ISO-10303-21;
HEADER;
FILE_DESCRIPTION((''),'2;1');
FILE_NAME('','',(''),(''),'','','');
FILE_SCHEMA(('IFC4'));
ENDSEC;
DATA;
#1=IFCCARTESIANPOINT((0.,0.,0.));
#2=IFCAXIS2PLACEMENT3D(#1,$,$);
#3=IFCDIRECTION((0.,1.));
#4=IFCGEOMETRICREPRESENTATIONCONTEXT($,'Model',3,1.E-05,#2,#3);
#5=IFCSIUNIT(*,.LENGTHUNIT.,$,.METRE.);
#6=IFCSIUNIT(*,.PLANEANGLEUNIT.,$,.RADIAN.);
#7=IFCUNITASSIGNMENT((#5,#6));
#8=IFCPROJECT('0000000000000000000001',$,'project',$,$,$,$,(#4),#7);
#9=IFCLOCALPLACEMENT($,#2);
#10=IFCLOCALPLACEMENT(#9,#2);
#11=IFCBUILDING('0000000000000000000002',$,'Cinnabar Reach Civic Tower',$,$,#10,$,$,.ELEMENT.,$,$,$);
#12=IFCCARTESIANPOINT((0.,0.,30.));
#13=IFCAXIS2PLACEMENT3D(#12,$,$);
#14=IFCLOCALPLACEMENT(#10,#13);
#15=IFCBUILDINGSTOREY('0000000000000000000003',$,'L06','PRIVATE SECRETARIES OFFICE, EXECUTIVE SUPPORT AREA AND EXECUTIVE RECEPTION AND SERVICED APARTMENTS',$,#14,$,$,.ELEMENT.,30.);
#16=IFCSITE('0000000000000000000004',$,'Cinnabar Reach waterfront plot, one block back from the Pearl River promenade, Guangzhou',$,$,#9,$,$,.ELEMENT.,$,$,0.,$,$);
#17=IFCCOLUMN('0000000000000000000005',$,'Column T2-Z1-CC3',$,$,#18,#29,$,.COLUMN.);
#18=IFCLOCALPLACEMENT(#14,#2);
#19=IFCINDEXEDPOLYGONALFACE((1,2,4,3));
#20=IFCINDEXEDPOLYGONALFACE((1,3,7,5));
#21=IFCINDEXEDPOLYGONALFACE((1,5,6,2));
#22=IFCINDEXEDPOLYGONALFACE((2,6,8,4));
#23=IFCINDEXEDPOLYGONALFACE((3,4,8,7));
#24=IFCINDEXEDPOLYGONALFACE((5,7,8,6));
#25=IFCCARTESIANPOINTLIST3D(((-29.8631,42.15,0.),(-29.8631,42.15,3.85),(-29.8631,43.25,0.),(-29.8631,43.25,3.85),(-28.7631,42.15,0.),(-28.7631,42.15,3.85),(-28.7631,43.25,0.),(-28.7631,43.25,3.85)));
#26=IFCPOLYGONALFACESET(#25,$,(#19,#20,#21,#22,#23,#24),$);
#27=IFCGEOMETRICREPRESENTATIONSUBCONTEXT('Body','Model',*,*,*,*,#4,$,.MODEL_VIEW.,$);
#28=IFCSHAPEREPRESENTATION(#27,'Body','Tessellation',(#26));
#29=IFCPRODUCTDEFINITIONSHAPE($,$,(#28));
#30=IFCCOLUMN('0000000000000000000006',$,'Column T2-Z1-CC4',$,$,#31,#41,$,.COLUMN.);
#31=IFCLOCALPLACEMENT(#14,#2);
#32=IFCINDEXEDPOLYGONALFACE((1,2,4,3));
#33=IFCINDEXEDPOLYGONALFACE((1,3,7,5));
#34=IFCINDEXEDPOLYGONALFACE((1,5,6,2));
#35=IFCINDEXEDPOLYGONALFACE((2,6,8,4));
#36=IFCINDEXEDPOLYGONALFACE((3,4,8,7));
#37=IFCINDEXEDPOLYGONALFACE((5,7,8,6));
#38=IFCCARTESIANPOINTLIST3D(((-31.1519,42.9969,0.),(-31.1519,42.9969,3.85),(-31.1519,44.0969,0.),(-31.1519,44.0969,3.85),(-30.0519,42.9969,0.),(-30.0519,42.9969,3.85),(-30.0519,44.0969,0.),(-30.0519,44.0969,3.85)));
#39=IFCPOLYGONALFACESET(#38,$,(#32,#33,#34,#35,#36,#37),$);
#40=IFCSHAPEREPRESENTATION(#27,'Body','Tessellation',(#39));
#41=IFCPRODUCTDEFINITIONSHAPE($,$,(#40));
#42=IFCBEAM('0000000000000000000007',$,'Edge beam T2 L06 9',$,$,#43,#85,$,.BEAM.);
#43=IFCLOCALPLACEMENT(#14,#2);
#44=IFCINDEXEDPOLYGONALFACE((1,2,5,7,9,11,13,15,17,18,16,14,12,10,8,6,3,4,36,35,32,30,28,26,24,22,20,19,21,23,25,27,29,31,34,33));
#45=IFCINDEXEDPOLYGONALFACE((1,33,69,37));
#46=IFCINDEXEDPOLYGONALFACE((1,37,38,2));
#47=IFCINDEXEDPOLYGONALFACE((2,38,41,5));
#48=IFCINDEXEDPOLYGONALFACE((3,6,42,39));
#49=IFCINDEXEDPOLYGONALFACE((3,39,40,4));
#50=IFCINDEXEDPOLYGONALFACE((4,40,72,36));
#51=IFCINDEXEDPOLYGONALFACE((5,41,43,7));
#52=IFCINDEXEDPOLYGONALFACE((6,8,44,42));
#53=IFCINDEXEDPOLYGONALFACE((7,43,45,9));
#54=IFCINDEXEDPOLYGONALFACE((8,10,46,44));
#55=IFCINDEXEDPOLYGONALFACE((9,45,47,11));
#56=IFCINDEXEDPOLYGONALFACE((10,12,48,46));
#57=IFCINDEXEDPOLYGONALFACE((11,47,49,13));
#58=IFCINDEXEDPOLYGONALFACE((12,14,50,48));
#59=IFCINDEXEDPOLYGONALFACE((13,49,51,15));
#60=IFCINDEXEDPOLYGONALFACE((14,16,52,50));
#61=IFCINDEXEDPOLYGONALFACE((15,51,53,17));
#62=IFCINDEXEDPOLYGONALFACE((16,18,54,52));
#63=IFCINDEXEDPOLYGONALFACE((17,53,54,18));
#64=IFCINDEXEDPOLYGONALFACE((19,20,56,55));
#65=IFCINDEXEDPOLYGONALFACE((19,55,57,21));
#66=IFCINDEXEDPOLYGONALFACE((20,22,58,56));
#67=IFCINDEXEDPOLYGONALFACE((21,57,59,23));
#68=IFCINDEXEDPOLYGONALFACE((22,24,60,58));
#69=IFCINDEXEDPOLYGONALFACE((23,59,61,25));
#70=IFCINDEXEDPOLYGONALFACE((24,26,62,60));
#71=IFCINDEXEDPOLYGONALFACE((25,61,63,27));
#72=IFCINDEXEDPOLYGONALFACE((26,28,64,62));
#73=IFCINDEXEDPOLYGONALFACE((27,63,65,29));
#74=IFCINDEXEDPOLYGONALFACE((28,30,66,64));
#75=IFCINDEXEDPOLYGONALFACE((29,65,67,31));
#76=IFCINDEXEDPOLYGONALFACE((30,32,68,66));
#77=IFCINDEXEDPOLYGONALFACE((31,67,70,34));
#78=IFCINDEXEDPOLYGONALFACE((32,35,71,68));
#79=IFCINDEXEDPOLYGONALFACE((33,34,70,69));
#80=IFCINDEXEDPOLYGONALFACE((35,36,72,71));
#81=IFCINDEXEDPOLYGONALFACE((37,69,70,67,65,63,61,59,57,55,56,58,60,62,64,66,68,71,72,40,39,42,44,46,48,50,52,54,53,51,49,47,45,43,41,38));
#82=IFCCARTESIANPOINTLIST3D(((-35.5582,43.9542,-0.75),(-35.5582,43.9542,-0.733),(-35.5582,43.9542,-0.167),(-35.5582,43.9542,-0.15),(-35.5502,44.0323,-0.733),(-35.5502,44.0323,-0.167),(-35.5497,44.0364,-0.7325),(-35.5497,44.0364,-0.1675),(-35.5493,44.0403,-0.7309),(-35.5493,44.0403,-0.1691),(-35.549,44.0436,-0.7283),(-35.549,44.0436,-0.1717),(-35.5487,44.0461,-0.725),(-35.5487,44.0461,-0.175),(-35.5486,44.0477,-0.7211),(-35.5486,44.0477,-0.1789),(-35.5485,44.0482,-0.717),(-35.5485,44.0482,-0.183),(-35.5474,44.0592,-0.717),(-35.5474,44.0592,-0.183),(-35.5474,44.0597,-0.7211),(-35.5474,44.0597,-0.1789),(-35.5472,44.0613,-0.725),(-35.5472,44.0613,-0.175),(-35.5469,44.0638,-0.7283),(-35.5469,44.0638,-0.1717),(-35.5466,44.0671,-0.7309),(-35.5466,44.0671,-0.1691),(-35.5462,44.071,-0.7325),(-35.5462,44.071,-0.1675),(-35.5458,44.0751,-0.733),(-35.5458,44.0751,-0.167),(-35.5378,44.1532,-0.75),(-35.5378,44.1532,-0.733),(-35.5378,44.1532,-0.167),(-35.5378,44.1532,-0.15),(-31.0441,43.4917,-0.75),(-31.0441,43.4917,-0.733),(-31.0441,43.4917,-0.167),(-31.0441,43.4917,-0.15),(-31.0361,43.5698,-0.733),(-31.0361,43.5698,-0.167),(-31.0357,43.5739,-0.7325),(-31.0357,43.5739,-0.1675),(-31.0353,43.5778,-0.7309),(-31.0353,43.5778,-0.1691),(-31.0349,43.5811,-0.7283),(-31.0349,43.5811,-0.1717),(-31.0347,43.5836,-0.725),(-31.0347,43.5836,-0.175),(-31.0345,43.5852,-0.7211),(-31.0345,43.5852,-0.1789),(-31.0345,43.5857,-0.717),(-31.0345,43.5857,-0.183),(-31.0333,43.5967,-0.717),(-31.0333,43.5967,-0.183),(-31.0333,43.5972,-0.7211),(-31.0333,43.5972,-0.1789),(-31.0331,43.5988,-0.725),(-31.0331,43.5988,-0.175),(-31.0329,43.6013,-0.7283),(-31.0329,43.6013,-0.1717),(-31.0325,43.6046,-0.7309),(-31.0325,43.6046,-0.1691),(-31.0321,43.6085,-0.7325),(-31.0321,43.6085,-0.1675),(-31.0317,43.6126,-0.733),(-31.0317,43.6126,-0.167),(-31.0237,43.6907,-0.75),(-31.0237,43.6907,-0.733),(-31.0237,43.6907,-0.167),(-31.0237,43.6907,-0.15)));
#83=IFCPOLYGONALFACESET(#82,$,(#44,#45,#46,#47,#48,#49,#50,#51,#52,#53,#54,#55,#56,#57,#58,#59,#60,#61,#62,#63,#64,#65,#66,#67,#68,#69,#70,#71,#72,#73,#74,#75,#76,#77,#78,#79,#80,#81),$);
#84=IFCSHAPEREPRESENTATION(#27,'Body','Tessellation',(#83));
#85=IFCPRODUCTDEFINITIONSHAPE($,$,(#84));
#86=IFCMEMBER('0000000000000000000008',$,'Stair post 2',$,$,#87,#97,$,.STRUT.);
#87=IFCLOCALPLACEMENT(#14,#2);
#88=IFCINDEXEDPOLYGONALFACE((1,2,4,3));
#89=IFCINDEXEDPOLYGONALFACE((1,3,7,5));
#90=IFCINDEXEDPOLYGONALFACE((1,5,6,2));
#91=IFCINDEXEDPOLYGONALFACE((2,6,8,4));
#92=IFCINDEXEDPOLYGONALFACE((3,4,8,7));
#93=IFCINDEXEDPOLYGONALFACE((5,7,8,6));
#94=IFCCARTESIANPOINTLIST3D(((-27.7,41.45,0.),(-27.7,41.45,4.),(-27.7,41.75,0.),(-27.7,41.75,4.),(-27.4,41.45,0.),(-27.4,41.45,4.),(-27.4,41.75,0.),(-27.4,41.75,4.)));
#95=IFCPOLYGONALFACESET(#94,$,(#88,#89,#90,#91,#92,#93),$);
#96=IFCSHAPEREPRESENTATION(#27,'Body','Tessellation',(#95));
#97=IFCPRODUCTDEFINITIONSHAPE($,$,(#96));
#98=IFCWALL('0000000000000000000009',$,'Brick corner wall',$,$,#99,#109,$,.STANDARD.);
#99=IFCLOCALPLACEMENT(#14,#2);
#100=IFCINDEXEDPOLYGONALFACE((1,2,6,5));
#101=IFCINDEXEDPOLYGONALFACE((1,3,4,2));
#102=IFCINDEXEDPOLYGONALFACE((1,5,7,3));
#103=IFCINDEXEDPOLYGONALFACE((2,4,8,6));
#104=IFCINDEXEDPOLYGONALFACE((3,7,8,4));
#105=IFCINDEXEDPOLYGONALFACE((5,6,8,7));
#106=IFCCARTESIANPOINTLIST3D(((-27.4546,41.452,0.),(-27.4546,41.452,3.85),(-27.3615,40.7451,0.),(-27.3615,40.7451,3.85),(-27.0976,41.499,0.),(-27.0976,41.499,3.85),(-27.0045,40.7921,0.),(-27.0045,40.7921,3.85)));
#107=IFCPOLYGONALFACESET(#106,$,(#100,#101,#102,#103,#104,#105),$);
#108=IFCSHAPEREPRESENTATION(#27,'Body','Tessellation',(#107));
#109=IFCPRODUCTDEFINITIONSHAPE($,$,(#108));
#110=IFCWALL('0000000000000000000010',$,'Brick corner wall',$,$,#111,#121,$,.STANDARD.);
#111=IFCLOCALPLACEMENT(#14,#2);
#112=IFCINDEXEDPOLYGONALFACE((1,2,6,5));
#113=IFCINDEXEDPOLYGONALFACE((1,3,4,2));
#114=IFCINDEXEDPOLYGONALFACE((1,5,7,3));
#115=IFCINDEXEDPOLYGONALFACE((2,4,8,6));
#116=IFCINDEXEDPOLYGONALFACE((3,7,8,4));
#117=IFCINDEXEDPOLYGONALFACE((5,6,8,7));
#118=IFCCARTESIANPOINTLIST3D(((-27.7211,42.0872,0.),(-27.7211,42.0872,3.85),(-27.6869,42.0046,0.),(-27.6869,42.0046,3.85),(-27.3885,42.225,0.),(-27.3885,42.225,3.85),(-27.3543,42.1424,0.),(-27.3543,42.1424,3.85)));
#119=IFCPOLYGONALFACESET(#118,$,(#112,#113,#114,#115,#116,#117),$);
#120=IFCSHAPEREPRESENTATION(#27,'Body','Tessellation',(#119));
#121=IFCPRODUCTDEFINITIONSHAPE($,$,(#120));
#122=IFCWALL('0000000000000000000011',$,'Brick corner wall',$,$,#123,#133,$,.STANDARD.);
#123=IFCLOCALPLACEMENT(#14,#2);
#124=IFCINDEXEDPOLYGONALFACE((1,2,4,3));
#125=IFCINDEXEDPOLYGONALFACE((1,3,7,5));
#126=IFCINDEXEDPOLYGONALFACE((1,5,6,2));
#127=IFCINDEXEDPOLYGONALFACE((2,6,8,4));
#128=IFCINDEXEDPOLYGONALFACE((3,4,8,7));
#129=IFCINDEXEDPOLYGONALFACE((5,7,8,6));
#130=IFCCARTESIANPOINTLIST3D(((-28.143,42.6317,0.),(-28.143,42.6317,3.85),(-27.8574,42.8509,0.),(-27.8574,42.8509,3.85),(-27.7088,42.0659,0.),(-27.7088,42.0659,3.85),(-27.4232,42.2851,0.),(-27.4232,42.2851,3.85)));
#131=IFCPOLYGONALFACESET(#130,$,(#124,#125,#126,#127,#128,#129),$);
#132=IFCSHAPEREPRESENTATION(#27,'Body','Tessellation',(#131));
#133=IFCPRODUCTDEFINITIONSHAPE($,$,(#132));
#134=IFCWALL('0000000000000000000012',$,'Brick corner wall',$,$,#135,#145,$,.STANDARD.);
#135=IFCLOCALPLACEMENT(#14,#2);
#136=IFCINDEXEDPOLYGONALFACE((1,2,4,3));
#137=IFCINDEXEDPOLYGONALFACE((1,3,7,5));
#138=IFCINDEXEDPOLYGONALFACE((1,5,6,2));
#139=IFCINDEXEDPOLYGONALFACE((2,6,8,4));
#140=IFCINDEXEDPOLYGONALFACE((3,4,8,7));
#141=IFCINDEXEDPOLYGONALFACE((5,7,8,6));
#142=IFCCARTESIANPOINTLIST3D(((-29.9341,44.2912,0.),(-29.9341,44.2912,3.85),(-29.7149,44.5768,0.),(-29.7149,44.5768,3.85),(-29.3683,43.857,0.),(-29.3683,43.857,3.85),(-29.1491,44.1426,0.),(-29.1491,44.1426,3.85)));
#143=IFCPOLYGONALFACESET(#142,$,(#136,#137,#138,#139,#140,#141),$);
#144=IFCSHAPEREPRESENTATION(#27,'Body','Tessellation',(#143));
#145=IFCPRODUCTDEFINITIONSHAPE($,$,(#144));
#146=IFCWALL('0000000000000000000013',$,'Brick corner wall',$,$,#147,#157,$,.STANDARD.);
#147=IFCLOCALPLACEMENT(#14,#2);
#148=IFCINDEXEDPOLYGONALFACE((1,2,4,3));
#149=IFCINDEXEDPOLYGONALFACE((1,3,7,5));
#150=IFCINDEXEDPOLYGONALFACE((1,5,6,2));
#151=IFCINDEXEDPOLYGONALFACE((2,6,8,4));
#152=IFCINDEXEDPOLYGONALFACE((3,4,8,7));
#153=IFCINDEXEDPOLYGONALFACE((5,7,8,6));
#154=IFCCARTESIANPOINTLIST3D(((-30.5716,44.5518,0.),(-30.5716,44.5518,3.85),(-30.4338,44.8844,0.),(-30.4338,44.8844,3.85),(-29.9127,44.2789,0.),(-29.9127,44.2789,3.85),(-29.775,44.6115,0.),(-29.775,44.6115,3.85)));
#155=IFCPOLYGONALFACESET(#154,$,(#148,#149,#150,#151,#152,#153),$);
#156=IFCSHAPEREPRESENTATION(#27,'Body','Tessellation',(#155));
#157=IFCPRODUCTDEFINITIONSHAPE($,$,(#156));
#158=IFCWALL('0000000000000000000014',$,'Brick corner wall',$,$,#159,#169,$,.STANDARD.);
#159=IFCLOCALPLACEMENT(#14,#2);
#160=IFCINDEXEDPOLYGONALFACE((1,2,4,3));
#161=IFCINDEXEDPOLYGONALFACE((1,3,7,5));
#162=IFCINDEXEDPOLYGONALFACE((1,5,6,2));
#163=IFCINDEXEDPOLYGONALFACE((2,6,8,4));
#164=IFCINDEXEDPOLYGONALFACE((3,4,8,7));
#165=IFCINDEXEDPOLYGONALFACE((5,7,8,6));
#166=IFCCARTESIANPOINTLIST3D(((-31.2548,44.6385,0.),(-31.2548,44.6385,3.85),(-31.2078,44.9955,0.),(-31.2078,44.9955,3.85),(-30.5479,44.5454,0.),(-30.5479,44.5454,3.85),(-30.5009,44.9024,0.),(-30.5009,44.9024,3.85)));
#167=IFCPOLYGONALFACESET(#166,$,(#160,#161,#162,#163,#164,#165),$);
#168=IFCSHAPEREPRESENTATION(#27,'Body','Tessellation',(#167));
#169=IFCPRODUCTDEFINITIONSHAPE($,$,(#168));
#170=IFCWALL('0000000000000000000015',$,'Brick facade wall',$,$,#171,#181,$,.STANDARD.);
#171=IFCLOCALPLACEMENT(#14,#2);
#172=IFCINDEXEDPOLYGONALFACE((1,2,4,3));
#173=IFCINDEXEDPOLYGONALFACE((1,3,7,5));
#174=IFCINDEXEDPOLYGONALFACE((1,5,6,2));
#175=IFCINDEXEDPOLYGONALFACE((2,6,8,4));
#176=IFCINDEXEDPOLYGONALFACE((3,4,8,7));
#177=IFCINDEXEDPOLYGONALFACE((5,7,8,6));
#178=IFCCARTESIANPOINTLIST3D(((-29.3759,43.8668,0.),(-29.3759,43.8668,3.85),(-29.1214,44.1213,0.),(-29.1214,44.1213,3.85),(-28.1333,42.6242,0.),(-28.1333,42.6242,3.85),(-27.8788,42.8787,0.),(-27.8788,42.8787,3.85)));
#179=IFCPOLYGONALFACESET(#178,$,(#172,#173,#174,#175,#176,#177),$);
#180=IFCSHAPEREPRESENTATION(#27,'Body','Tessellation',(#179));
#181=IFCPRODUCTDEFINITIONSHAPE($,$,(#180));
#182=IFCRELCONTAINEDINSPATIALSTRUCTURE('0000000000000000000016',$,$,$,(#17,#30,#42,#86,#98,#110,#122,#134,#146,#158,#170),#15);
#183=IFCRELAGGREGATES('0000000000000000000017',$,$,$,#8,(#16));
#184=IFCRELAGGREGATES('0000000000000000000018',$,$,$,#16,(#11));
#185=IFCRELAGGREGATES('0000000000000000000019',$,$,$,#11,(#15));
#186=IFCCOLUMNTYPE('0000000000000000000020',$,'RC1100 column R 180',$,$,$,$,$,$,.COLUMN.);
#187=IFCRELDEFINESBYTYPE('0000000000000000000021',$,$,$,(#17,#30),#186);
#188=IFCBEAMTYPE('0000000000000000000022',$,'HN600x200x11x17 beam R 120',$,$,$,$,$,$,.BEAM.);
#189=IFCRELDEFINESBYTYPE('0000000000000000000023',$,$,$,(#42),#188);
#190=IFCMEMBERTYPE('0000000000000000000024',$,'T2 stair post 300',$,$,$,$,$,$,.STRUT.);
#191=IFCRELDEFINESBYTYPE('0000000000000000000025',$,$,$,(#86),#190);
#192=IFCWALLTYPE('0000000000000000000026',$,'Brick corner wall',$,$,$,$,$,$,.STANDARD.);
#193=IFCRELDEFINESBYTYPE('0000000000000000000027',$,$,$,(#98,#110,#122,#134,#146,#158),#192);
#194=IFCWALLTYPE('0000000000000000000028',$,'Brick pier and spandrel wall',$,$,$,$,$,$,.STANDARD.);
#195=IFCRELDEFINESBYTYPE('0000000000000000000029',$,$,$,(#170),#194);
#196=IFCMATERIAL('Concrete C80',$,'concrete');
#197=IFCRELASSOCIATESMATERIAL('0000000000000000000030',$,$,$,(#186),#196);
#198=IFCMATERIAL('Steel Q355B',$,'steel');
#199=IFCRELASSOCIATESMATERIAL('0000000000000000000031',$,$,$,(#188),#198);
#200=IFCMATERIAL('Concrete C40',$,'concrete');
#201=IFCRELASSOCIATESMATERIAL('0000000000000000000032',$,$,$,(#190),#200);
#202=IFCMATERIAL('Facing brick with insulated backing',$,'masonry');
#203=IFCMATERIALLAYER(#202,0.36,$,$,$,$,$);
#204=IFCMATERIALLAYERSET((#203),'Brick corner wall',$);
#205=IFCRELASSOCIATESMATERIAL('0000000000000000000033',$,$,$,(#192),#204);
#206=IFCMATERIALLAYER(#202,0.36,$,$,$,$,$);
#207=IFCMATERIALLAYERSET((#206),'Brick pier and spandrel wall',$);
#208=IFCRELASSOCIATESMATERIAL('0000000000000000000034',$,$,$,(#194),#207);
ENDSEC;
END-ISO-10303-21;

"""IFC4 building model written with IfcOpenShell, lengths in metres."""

from ifc_helpers import new_model, si_unit, direction, frame, frame_2d, origin, origin_2d, place, context, subcontext, project, spatial, rectangle, i_section, extrude, material, layer, layer_set, material_profile, profile_set, type_object, element, save


model = new_model("IFC4")

# Units and contexts
model_context = context("Model", 3, precision=1e-05, world=origin(), true_north=direction((0.0, 1.0)))
body_context = subcontext(model_context, "Body", "Model", "MODEL_VIEW")
ifc_project = project(units=[si_unit("LENGTHUNIT", "METRE"), si_unit("PLANEANGLEUNIT", "RADIAN")], contexts=[model_context])

# Site, building, storey
site_placement = place(None, origin())
site = spatial("IfcSite", under=ifc_project, at=site_placement, Name="Cinnabar Reach waterfront plot, one block back from the Pearl River promenade, Guangzhou", CompositionType="ELEMENT", RefElevation=0.0)
building_placement = place(site_placement, origin())
building = spatial("IfcBuilding", under=site, at=building_placement, Name="Cinnabar Reach Civic Tower", CompositionType="ELEMENT")
storey_placement = place(building_placement, frame((0.0, 0.0, 30.0)))
storey = spatial("IfcBuildingStorey", under=building, at=storey_placement, Name="L06", Description="PRIVATE SECRETARIES OFFICE, EXECUTIVE SUPPORT AREA AND EXECUTIVE RECEPTION AND SERVICED APARTMENTS", CompositionType="ELEMENT", Elevation=30.0)

# Columns
ifc_material_1 = material(Name="Concrete C80", Category="concrete")
ifc_material_profile_1 = material_profile(ifc_material_1, rectangle(XDim=1.1, YDim=1.1, at=origin_2d()), Name="RC1100")
ifc_profile_set_1 = profile_set([ifc_material_profile_1], Name="Concrete C80")
column_type = type_object("IfcColumnType", Name="RC1100 column R 180", PredefinedType="COLUMN", material=ifc_profile_set_1)
for number, where, z_axis, x_axis, name in (
    (1, (-29.3131, 42.7, 0.0), (0.0, 0.0, 1.0), (1.0, 0.0, 0.0), "Column T2-Z1-CC3"),
    (2, (-30.6019, 43.5469, 0.0), (0.0, 0.0, 1.0), (1.0, 0.0, 0.0), "Column T2-Z1-CC4"),
):
    element("IfcColumn", number, at=place(storey_placement, frame(where, z_axis=z_axis, x_axis=x_axis)), inside=storey, type_object=column_type, Name=name, PredefinedType="COLUMN", context=body_context, shape_type="SweptSolid", body=[
        extrude(rectangle(XDim=1.1, YDim=1.1, at=origin_2d()), origin(), (0.0, 0.0, 1.0), 3.85),
    ])

# Beam
ifc_material_2 = material(Name="Steel Q355B", Category="steel")
ifc_material_profile_2 = material_profile(ifc_material_2, i_section(OverallWidth=0.2, OverallDepth=0.6, WebThickness=0.011, FlangeThickness=0.017, FilletRadius=0.016, at=origin_2d()), Name="HN600x200x11x17")
ifc_profile_set_2 = profile_set([ifc_material_profile_2], Name="Steel Q355B")
beam_type = type_object("IfcBeamType", Name="HN600x200x11x17 beam R 120", PredefinedType="BEAM", material=ifc_profile_set_2)
beam_placement = place(storey_placement, frame((-31.0339, 43.5912, -0.45), z_axis=(-0.994792, 0.101923, 0.0), x_axis=(-0.101923, -0.994792, 0.0)))
element("IfcBeam", 3, at=beam_placement, inside=storey, type_object=beam_type, Name="Edge beam T2 L06 9", PredefinedType="BEAM", context=body_context, shape_type="SweptSolid", body=[
    extrude(i_section(OverallWidth=0.2, OverallDepth=0.6, WebThickness=0.011, FlangeThickness=0.017, FilletRadius=0.016, at=origin_2d()), origin(), (0.0, 0.0, 1.0), 4.5377),
])

# Member
ifc_material_3 = material(Name="Concrete C40", Category="concrete")
ifc_material_profile_3 = material_profile(ifc_material_3, rectangle(XDim=0.3, YDim=0.3, at=origin_2d()), Name="C300")
ifc_profile_set_3 = profile_set([ifc_material_profile_3], Name="Concrete C40")
member_type = type_object("IfcMemberType", Name="T2 stair post 300", PredefinedType="STRUT", material=ifc_profile_set_3)
member_placement = place(storey_placement, frame((-27.55, 41.6, 0.0), z_axis=(0.0, 0.0, 1.0), x_axis=(1.0, 0.0, 0.0)))
element("IfcMember", 4, at=member_placement, inside=storey, type_object=member_type, Name="Stair post 2", PredefinedType="STRUT", context=body_context, shape_type="SweptSolid", body=[
    extrude(rectangle(XDim=0.3, YDim=0.3, at=origin_2d()), origin(), (0.0, 0.0, 1.0), 4.0),
])

# Walls
ifc_material_4 = material(Name="Facing brick with insulated backing", Category="masonry")
ifc_layer_1 = layer(ifc_material_4, 0.36)
ifc_layer_set_1 = layer_set([ifc_layer_1], Name="Brick corner wall")
wall_type_1 = type_object("IfcWallType", Name="Brick corner wall", PredefinedType="STANDARD", material=ifc_layer_set_1)
wall_1_placement = place(storey_placement, frame((-27.183, 40.7686, 0.0), z_axis=(0.0, 0.0, 1.0), x_axis=(-0.130556, 0.991441, 0.0)))
element("IfcWall", 5, at=wall_1_placement, inside=storey, type_object=wall_type_1, Name="Brick corner wall", PredefinedType="STANDARD", context=body_context, shape_type="SweptSolid", body=[
    extrude(rectangle(XDim=0.7131, YDim=0.36, at=frame_2d((0.3565, 0.0))), origin(), (0.0, 0.0, 1.0), 3.85),
])
wall_2_placement = place(storey_placement, frame((-27.5206, 42.0735, 0.0), z_axis=(0.0, 0.0, 1.0), x_axis=(-0.382549, 0.923935, 0.0)))
element("IfcWall", 6, at=wall_2_placement, inside=storey, type_object=wall_type_1, Name="Brick corner wall", PredefinedType="STANDARD", context=body_context, shape_type="SweptSolid", body=[
    extrude(rectangle(XDim=0.0894, YDim=0.36, at=frame_2d((0.0447, 0.0))), origin(), (0.0, 0.0, 1.0), 3.85),
])
for number, where, z_axis, x_axis, name in (
    (7, (-27.566, 42.1755, 0.0), (0.0, 0.0, 1.0), (-0.608802, 0.793322, 0.0), "Brick corner wall"),
    (8, (-29.2587, 43.9998, 0.0), (0.0, 0.0, 1.0), (-0.793322, 0.608802, 0.0), "Brick corner wall"),
):
    element("IfcWall", number, at=place(storey_placement, frame(where, z_axis=z_axis, x_axis=x_axis)), inside=storey, type_object=wall_type_1, Name=name, PredefinedType="STANDARD", context=body_context, shape_type="SweptSolid", body=[
        extrude(rectangle(XDim=0.7132, YDim=0.36, at=frame_2d((0.3566, 0.0))), origin(), (0.0, 0.0, 1.0), 3.85),
    ])
for number, where, z_axis, x_axis, name in (
    (9, (-29.8439, 44.4452, 0.0), (0.0, 0.0, 1.0), (-0.923872, 0.382703, 0.0), "Brick corner wall"),
    (10, (-30.5244, 44.7239, 0.0), (0.0, 0.0, 1.0), (-0.991441, 0.130556, 0.0), "Brick corner wall"),
):
    element("IfcWall", number, at=place(storey_placement, frame(where, z_axis=z_axis, x_axis=x_axis)), inside=storey, type_object=wall_type_1, Name=name, PredefinedType="STANDARD", context=body_context, shape_type="SweptSolid", body=[
        extrude(rectangle(XDim=0.7131, YDim=0.36, at=frame_2d((0.3565, 0.0))), origin(), (0.0, 0.0, 1.0), 3.85),
    ])
ifc_layer_2 = layer(ifc_material_4, 0.36)
ifc_layer_set_2 = layer_set([ifc_layer_2], Name="Brick pier and spandrel wall")
wall_type_2 = type_object("IfcWallType", Name="Brick pier and spandrel wall", PredefinedType="STANDARD", material=ifc_layer_set_2)
wall_3_placement = place(storey_placement, frame((-28.006, 42.7514, 0.0), z_axis=(0.0, 0.0, 1.0), x_axis=(-0.707107, 0.707107, 0.0)))
element("IfcWall", 11, at=wall_3_placement, inside=storey, type_object=wall_type_2, Name="Brick facade wall", PredefinedType="STANDARD", context=body_context, shape_type="SweptSolid", body=[
    extrude(rectangle(XDim=1.7573, YDim=0.36, at=frame_2d((0.8787, 0.0))), origin(), (0.0, 0.0, 1.0), 3.85),
])

save(model, "model.ifc")
